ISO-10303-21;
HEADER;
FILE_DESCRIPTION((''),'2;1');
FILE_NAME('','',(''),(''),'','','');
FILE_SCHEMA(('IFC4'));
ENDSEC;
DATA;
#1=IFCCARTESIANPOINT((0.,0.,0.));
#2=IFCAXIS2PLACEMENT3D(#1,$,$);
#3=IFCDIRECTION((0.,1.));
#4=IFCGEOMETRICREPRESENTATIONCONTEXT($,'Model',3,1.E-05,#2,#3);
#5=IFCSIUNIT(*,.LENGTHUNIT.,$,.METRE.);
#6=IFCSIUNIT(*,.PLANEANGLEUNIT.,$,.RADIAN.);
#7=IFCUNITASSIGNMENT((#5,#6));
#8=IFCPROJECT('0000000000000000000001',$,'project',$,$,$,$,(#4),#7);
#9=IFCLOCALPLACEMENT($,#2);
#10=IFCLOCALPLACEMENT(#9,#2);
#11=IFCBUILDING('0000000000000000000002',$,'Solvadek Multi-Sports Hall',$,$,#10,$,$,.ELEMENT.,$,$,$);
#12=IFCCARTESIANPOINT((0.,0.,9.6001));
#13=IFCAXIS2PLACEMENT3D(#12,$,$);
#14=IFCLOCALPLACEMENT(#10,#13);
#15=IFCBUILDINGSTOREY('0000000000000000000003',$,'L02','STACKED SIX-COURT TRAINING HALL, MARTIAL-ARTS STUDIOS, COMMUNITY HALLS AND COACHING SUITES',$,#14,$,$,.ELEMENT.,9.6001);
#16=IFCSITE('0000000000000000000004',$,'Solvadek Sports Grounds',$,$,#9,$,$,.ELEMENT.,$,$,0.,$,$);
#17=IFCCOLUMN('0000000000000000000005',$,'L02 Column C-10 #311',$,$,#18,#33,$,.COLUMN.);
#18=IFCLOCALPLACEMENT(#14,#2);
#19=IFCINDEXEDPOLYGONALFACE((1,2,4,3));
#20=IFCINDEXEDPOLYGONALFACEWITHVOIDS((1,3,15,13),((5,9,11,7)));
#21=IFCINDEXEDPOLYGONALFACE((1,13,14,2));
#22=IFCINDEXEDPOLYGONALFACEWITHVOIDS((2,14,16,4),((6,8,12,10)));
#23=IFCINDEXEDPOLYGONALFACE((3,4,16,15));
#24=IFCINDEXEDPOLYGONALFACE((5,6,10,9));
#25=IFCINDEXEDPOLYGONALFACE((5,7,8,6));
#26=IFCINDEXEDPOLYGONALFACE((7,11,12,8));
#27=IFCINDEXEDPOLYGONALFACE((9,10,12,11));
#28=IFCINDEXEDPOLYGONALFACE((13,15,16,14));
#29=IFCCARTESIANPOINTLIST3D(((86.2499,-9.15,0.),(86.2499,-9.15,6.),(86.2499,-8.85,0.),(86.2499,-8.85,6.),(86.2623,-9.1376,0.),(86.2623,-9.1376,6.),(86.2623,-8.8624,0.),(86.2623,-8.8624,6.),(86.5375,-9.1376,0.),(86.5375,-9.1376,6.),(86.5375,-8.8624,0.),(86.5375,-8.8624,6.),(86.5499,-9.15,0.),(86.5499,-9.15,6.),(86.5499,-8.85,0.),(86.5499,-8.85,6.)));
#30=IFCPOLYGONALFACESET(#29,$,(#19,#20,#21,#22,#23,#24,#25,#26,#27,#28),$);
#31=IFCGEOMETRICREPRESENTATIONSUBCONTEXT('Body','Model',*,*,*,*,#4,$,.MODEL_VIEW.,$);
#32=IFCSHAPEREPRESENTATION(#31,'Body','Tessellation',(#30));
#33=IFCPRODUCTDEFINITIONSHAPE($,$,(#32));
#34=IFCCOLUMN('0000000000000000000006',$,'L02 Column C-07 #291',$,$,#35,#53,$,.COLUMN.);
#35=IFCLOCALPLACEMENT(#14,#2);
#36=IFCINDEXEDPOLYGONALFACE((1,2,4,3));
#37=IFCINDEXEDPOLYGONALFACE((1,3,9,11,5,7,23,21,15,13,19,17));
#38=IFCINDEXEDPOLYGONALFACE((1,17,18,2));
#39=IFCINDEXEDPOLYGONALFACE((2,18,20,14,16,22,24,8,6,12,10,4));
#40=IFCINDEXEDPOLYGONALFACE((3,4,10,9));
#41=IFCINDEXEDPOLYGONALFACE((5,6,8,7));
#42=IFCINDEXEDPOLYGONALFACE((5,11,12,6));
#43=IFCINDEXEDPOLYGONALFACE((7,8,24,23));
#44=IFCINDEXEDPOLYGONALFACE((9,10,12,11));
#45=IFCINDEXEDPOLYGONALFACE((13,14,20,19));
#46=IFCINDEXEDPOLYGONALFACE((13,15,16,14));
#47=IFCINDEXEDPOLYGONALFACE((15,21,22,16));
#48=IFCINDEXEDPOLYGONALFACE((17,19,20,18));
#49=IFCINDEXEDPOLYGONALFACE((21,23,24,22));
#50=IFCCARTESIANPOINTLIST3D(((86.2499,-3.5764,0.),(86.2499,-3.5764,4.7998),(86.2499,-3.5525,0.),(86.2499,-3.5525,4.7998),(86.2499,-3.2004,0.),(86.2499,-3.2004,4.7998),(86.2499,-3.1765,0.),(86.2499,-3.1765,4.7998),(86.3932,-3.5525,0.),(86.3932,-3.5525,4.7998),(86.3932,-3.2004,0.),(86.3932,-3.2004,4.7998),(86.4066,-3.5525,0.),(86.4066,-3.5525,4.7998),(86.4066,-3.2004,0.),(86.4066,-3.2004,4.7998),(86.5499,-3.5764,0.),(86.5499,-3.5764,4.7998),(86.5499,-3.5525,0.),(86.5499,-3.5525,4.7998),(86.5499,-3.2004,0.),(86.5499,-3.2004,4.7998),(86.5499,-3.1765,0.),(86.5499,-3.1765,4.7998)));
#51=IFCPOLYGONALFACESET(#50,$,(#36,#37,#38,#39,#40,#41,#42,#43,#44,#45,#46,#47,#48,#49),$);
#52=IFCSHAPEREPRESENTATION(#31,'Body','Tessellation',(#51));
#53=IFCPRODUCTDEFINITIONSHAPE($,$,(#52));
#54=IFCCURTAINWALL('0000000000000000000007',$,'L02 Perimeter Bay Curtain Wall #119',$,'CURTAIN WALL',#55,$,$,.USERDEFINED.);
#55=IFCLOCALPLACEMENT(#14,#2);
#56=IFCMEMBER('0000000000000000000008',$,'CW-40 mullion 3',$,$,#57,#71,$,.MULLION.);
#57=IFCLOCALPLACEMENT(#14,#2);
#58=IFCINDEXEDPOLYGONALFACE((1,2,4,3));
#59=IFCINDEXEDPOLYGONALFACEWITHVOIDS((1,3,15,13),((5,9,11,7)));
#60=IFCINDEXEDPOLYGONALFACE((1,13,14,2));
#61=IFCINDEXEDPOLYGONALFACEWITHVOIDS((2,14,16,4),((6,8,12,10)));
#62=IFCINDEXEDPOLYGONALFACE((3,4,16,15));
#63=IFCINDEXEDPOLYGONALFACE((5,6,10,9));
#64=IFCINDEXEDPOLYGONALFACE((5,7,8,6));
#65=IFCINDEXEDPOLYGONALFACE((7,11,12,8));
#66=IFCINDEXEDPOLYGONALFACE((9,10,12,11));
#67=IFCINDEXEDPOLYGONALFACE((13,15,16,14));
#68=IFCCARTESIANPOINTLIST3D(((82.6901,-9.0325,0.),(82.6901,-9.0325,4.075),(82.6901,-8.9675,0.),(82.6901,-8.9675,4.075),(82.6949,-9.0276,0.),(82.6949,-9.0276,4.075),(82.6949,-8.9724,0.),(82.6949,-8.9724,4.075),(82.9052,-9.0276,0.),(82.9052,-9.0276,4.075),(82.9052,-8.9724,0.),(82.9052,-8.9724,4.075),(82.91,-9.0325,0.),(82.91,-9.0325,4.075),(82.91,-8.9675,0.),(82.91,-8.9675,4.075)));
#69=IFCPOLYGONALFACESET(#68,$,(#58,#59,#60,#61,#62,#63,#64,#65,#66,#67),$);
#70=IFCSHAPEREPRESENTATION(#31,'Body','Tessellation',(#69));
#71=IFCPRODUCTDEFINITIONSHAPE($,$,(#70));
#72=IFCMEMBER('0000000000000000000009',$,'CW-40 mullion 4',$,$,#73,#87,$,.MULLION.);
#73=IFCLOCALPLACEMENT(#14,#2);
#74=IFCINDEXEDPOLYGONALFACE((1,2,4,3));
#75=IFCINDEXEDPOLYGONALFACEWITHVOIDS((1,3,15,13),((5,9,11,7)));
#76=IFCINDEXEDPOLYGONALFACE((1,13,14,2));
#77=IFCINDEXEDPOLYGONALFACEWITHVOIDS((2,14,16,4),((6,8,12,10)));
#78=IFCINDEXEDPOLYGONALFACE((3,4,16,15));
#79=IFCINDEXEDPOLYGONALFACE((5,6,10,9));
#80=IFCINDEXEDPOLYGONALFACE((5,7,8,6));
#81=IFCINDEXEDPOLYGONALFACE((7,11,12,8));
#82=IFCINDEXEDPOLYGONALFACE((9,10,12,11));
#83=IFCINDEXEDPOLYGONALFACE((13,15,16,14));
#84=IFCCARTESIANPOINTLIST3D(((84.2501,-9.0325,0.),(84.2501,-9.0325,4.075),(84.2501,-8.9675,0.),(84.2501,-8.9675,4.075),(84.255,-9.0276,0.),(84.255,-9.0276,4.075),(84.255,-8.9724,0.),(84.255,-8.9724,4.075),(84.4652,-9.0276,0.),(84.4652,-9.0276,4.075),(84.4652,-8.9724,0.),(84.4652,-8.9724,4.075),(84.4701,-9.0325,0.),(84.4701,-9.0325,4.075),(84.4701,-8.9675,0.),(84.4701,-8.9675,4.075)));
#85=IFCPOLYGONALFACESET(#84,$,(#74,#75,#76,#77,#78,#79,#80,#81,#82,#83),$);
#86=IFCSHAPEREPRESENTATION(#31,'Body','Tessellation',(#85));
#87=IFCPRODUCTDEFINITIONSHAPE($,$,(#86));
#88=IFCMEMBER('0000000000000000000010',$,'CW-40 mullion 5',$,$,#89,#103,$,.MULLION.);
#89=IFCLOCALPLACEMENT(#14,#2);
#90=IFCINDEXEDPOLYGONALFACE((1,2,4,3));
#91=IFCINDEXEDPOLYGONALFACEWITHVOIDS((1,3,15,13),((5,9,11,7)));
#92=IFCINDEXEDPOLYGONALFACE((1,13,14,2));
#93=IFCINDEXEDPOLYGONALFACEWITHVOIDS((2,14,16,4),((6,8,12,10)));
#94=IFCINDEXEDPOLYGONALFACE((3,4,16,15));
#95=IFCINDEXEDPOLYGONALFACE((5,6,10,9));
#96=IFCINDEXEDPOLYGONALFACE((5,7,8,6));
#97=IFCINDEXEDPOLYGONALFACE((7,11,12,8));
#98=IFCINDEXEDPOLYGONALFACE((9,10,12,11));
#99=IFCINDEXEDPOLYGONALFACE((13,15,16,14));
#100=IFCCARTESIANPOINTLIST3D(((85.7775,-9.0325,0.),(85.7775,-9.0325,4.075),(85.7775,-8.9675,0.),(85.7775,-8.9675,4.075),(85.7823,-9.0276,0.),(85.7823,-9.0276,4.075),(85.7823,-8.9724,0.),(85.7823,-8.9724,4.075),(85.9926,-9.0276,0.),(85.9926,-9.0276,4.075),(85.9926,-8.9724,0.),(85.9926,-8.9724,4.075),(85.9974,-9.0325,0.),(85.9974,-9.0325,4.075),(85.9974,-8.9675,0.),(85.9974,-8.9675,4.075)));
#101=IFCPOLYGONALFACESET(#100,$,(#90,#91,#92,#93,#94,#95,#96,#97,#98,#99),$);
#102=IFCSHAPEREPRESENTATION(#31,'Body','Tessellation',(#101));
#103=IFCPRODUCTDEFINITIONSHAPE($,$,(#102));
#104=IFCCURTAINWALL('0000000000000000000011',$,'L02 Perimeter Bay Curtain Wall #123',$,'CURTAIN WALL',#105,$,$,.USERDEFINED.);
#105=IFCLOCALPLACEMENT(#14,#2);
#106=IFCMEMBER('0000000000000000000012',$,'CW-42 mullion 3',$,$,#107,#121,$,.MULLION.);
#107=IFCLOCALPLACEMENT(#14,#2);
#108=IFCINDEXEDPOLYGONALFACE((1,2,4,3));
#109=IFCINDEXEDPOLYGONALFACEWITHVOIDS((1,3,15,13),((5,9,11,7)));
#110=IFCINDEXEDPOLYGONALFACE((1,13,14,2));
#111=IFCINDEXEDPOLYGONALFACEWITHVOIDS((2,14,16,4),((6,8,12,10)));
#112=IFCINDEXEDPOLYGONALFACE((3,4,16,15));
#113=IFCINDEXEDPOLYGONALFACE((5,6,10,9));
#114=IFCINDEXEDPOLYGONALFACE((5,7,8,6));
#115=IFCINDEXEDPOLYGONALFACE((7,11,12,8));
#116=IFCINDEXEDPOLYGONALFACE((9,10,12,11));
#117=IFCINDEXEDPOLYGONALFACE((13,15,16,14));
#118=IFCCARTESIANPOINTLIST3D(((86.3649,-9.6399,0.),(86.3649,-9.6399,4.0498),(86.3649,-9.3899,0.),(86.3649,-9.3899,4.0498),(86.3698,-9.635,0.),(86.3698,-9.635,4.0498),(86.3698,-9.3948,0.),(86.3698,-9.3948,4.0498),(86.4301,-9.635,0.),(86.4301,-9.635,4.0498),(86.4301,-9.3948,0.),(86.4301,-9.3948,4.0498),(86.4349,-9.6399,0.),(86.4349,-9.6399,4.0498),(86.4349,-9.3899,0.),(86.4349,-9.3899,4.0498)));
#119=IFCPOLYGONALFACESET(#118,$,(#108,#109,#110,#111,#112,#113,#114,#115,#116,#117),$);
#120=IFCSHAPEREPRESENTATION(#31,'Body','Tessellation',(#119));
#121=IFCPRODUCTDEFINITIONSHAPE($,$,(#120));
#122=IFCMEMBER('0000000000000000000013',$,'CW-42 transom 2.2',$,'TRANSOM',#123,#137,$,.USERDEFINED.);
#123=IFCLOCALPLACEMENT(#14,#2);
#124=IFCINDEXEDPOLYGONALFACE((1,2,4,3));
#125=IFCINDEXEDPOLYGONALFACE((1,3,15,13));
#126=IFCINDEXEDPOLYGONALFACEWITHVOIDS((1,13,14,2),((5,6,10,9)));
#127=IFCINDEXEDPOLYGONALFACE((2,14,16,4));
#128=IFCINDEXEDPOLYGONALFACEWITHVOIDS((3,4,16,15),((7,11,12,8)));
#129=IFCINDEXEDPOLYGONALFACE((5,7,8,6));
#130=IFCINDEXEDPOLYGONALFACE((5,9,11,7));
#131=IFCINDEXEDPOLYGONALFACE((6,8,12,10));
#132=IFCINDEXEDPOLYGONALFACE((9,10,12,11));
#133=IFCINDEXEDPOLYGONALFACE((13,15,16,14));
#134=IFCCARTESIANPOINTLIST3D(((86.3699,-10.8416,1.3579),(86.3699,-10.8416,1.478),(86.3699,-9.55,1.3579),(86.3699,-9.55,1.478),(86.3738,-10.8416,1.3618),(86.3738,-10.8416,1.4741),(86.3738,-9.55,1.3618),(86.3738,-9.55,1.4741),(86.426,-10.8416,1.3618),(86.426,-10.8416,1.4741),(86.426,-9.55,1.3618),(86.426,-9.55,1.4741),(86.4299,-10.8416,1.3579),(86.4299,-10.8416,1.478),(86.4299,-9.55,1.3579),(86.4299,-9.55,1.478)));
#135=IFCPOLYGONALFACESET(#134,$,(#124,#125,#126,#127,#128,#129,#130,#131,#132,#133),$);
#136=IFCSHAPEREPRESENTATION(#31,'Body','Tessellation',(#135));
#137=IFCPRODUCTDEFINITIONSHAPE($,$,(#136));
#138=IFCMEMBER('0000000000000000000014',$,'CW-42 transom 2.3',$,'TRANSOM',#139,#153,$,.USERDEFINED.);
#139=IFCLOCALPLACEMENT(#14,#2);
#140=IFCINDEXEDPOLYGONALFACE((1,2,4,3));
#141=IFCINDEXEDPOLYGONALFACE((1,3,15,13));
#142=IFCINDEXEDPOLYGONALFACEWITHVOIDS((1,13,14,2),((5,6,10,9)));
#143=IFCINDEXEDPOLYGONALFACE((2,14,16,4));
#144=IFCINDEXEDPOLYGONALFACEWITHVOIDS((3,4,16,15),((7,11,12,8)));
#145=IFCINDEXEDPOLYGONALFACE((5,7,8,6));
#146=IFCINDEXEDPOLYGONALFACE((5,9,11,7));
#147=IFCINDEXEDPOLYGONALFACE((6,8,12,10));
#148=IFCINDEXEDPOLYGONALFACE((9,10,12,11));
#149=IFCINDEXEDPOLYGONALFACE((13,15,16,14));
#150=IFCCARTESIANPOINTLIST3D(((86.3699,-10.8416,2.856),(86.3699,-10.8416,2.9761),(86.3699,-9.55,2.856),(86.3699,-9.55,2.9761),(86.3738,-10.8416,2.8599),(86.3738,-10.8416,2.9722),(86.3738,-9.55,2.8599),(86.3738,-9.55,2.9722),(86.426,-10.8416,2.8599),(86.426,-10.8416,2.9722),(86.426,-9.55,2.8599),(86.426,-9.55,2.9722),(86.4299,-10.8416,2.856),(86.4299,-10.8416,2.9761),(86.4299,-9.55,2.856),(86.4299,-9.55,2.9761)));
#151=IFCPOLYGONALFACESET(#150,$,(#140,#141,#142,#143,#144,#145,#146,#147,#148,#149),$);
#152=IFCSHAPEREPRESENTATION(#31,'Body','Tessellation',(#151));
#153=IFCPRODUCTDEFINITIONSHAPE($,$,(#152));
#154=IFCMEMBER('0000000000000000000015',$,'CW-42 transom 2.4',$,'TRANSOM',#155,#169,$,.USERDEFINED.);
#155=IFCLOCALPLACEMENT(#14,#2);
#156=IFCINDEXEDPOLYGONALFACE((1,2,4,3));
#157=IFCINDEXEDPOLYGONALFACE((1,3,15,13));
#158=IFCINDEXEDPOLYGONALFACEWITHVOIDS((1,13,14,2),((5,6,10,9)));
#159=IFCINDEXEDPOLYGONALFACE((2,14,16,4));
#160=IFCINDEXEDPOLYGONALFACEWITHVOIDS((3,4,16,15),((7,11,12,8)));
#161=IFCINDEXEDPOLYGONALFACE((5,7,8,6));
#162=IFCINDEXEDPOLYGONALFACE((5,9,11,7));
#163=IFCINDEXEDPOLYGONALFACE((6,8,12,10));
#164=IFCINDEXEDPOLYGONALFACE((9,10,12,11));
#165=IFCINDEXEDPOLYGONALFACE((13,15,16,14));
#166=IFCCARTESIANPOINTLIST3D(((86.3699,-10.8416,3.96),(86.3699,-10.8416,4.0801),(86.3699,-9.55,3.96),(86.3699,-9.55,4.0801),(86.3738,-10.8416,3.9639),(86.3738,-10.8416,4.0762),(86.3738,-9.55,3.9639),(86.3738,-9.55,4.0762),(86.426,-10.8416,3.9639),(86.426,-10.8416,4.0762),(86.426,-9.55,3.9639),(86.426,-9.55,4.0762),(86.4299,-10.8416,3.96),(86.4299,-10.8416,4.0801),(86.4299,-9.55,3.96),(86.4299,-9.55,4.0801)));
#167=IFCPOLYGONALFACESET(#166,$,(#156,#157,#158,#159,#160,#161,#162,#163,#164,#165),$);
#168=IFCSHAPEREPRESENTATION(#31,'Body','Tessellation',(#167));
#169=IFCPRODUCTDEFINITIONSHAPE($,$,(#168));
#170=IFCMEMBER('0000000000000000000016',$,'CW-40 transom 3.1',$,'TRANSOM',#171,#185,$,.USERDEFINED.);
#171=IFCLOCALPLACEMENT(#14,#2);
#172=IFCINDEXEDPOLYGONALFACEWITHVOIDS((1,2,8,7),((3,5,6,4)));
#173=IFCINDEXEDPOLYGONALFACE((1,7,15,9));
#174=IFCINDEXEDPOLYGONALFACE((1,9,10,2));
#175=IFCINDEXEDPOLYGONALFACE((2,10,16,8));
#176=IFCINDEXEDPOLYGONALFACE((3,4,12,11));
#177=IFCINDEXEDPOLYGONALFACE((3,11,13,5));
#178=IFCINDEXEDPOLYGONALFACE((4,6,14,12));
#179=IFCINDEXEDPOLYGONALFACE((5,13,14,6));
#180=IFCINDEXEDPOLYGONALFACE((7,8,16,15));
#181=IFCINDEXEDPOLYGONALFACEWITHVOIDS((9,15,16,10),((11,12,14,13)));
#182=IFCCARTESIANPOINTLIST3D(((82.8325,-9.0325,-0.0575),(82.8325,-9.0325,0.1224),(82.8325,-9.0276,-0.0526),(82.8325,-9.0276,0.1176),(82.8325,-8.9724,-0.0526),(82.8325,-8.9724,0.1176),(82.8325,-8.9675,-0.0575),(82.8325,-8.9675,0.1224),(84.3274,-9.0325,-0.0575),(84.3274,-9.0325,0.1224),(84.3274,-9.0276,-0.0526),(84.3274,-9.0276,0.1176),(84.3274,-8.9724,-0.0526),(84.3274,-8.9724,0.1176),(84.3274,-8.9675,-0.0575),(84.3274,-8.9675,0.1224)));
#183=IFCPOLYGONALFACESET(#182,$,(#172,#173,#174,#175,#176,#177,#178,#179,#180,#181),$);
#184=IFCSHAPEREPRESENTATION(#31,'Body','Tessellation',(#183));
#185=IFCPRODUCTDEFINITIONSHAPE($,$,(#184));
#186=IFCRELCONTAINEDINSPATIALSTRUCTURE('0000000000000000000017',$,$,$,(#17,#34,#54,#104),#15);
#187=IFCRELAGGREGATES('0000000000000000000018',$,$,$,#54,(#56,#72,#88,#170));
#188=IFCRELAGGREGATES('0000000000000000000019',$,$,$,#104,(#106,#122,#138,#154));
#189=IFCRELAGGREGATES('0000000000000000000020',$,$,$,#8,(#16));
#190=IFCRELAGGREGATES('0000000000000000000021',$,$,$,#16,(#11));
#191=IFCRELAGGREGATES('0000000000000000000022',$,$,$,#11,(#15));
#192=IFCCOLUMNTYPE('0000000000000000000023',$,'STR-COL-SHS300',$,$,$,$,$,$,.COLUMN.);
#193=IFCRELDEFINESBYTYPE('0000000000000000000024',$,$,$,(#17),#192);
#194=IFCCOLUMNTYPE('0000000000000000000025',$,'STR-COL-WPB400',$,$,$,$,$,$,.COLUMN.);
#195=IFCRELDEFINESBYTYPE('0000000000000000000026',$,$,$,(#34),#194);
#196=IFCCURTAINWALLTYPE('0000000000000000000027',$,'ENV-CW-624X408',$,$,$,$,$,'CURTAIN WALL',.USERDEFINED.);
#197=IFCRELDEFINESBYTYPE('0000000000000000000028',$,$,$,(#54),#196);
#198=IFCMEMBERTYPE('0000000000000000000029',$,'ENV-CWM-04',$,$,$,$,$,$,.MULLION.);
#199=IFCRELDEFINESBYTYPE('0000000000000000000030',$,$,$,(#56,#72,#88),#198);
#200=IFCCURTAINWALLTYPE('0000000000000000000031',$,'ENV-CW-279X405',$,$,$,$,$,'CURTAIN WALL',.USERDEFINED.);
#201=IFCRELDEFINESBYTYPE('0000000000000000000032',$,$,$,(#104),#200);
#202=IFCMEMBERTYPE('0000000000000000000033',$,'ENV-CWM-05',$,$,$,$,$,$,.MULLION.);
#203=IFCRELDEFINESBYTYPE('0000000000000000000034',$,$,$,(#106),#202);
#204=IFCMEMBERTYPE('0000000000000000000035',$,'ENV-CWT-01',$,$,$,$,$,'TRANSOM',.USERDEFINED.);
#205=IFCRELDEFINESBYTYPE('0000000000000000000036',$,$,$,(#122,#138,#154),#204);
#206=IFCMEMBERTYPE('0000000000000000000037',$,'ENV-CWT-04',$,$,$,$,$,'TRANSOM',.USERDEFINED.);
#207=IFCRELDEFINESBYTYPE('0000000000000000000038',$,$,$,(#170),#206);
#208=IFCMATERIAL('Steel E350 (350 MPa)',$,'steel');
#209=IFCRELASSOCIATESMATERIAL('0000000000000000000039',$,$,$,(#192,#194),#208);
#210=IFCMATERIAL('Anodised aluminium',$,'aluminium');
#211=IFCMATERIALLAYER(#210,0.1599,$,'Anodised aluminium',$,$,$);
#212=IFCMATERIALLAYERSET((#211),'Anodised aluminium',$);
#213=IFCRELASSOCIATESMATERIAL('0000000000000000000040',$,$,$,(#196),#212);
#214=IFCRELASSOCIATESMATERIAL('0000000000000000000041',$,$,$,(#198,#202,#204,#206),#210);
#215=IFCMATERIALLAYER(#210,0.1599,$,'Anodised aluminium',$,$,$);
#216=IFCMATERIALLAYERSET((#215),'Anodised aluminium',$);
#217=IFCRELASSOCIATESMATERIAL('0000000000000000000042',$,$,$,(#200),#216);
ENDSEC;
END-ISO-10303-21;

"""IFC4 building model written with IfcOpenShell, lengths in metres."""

from ifc_helpers import new_model, si_unit, direction, frame, origin, origin_2d, place, context, subcontext, project, spatial, hollow_rectangle, i_section, extrude, material, layer, layer_set, material_profile, profile_set, type_object, element, aggregate, save


model = new_model("IFC4")

# Units and contexts
model_context = context("Model", 3, precision=1e-05, world=origin(), true_north=direction((0.0, 1.0)))
body_context = subcontext(model_context, "Body", "Model", "MODEL_VIEW")
ifc_project = project(units=[si_unit("LENGTHUNIT", "METRE"), si_unit("PLANEANGLEUNIT", "RADIAN")], contexts=[model_context])

# Site, building, storey
site_placement = place(None, origin())
site = spatial("IfcSite", under=ifc_project, at=site_placement, Name="Solvadek Sports Grounds", CompositionType="ELEMENT", RefElevation=0.0)
building_placement = place(site_placement, origin())
building = spatial("IfcBuilding", under=site, at=building_placement, Name="Solvadek Multi-Sports Hall", CompositionType="ELEMENT")
storey_placement = place(building_placement, frame((0.0, 0.0, 9.6001)))
storey = spatial("IfcBuildingStorey", under=building, at=storey_placement, Name="L02", Description="STACKED SIX-COURT TRAINING HALL, MARTIAL-ARTS STUDIOS, COMMUNITY HALLS AND COACHING SUITES", CompositionType="ELEMENT", Elevation=9.6001)

# Columns
ifc_material_1 = material(Name="Steel E350 (350 MPa)", Category="steel")
ifc_material_profile_1 = material_profile(ifc_material_1, hollow_rectangle(XDim=0.3, YDim=0.3, WallThickness=0.0125, at=origin_2d()), Name="SHS 300x300x12.5")
ifc_profile_set_1 = profile_set([ifc_material_profile_1], Name="Steel E350 (350 MPa)")
column_type_1 = type_object("IfcColumnType", Name="STR-COL-SHS300", PredefinedType="COLUMN", material=ifc_profile_set_1)
column_1_placement = place(storey_placement, frame((86.3999, -9.0, 0.0), z_axis=(0.0, 0.0, 1.0), x_axis=(1.0, 0.0, 0.0)))
element("IfcColumn", 1, at=column_1_placement, inside=storey, type_object=column_type_1, Name="L02 Column C-10 #311", PredefinedType="COLUMN", context=body_context, shape_type="SweptSolid", body=[
    extrude(hollow_rectangle(XDim=0.3, YDim=0.3, WallThickness=0.0125, at=origin_2d()), origin(), (0.0, 0.0, 1.0), 6.0),
])
ifc_material_profile_2 = material_profile(ifc_material_1, i_section(OverallWidth=0.3, OverallDepth=0.3999, WebThickness=0.0134, FlangeThickness=0.0239, at=origin_2d()), Name="WPB 400")
ifc_profile_set_2 = profile_set([ifc_material_profile_2], Name="Steel E350 (350 MPa)")
column_type_2 = type_object("IfcColumnType", Name="STR-COL-WPB400", PredefinedType="COLUMN", material=ifc_profile_set_2)
column_2_placement = place(storey_placement, frame((86.3999, -3.3765, 0.0), z_axis=(0.0, 0.0, 1.0), x_axis=(1.0, 0.0, 0.0)))
element("IfcColumn", 2, at=column_2_placement, inside=storey, type_object=column_type_2, Name="L02 Column C-07 #291", PredefinedType="COLUMN", context=body_context, shape_type="SweptSolid", body=[
    extrude(i_section(OverallWidth=0.3, OverallDepth=0.3999, WebThickness=0.0134, FlangeThickness=0.0239, at=origin_2d()), origin(), (0.0, 0.0, 1.0), 4.7998),
])

# Curtain walls, members
ifc_material_2 = material(Name="Anodised aluminium", Category="aluminium")
ifc_layer_1 = layer(ifc_material_2, 0.1599, Name="Anodised aluminium")
ifc_layer_set_1 = layer_set([ifc_layer_1], Name="Anodised aluminium")
curtain_wall_type_1 = type_object("IfcCurtainWallType", Name="ENV-CW-624X408", ElementType="CURTAIN WALL", PredefinedType="USERDEFINED", material=ifc_layer_set_1)
curtain_wall_1_placement = place(storey_placement, origin())
curtain_wall_1 = element("IfcCurtainWall", 3, at=curtain_wall_1_placement, inside=storey, type_object=curtain_wall_type_1, Name="L02 Perimeter Bay Curtain Wall #119", ObjectType="CURTAIN WALL", PredefinedType="USERDEFINED")
ifc_material_profile_3 = material_profile(ifc_material_2, hollow_rectangle(XDim=0.0649, YDim=0.22, WallThickness=0.0049, at=origin_2d()), Name="ALU-M 220x65x5")
ifc_profile_set_3 = profile_set([ifc_material_profile_3], Name="Anodised aluminium")
member_type_1 = type_object("IfcMemberType", Name="ENV-CWM-04", PredefinedType="MULLION", material=ifc_profile_set_3)
member_1_placement = place(storey_placement, frame((82.8, -9.0, 0.0), z_axis=(0.0, 0.0, 1.0), x_axis=(0.0, 1.0, 0.0)))
member_1 = element("IfcMember", 4, at=member_1_placement, type_object=member_type_1, Name="CW-40 mullion 3", PredefinedType="MULLION", context=body_context, shape_type="SweptSolid", body=[
    extrude(hollow_rectangle(XDim=0.0649, YDim=0.22, WallThickness=0.0049, at=origin_2d()), origin(), (0.0, 0.0, 1.0), 4.075),
])
member_2_placement = place(storey_placement, frame((84.3601, -9.0, 0.0), z_axis=(0.0, 0.0, 1.0), x_axis=(0.0, 1.0, 0.0)))
member_2 = element("IfcMember", 5, at=member_2_placement, type_object=member_type_1, Name="CW-40 mullion 4", PredefinedType="MULLION", context=body_context, shape_type="SweptSolid", body=[
    extrude(hollow_rectangle(XDim=0.0649, YDim=0.22, WallThickness=0.0049, at=origin_2d()), origin(), (0.0, 0.0, 1.0), 4.075),
])
member_3_placement = place(storey_placement, frame((85.8875, -9.0, 0.0), z_axis=(0.0, 0.0, 1.0), x_axis=(0.0, 1.0, 0.0)))
member_3 = element("IfcMember", 6, at=member_3_placement, type_object=member_type_1, Name="CW-40 mullion 5", PredefinedType="MULLION", context=body_context, shape_type="SweptSolid", body=[
    extrude(hollow_rectangle(XDim=0.0649, YDim=0.22, WallThickness=0.0049, at=origin_2d()), origin(), (0.0, 0.0, 1.0), 4.075),
])
ifc_layer_2 = layer(ifc_material_2, 0.1599, Name="Anodised aluminium")
ifc_layer_set_2 = layer_set([ifc_layer_2], Name="Anodised aluminium")
curtain_wall_type_2 = type_object("IfcCurtainWallType", Name="ENV-CW-279X405", ElementType="CURTAIN WALL", PredefinedType="USERDEFINED", material=ifc_layer_set_2)
curtain_wall_2_placement = place(storey_placement, origin())
curtain_wall_2 = element("IfcCurtainWall", 7, at=curtain_wall_2_placement, inside=storey, type_object=curtain_wall_type_2, Name="L02 Perimeter Bay Curtain Wall #123", ObjectType="CURTAIN WALL", PredefinedType="USERDEFINED")
ifc_material_profile_4 = material_profile(ifc_material_2, hollow_rectangle(XDim=0.0701, YDim=0.25, WallThickness=0.0049, at=origin_2d()), Name="ALU-M 250x70x5")
ifc_profile_set_4 = profile_set([ifc_material_profile_4], Name="Anodised aluminium")
member_type_2 = type_object("IfcMemberType", Name="ENV-CWM-05", PredefinedType="MULLION", material=ifc_profile_set_4)
member_4_placement = place(storey_placement, frame((86.3999, -9.5149, 0.0), z_axis=(0.0, 0.0, 1.0), x_axis=(-1.0, 0.0, 0.0)))
member_4 = element("IfcMember", 8, at=member_4_placement, type_object=member_type_2, Name="CW-42 mullion 3", PredefinedType="MULLION", context=body_context, shape_type="SweptSolid", body=[
    extrude(hollow_rectangle(XDim=0.0701, YDim=0.25, WallThickness=0.0049, at=origin_2d()), origin(), (0.0, 0.0, 1.0), 4.0498),
])
ifc_material_profile_5 = material_profile(ifc_material_2, hollow_rectangle(XDim=0.0601, YDim=0.1201, WallThickness=0.0039, at=origin_2d()), Name="ALU-T 120x60x4")
ifc_profile_set_5 = profile_set([ifc_material_profile_5], Name="Anodised aluminium")
member_type_3 = type_object("IfcMemberType", Name="ENV-CWT-01", ElementType="TRANSOM", PredefinedType="USERDEFINED", material=ifc_profile_set_5)
member_5_placement = place(storey_placement, frame((86.3999, -10.8416, 1.418), z_axis=(0.0, 1.0, 0.0), x_axis=(-1.0, 0.0, 0.0)))
member_5 = element("IfcMember", 9, at=member_5_placement, type_object=member_type_3, Name="CW-42 transom 2.2", ObjectType="TRANSOM", PredefinedType="USERDEFINED", context=body_context, shape_type="SweptSolid", body=[
    extrude(hollow_rectangle(XDim=0.0601, YDim=0.1201, WallThickness=0.0039, at=origin_2d()), origin(), (0.0, 0.0, 1.0), 1.2915),
])
member_6_placement = place(storey_placement, frame((86.3999, -10.8416, 2.916), z_axis=(0.0, 1.0, 0.0), x_axis=(-1.0, 0.0, 0.0)))
member_6 = element("IfcMember", 10, at=member_6_placement, type_object=member_type_3, Name="CW-42 transom 2.3", ObjectType="TRANSOM", PredefinedType="USERDEFINED", context=body_context, shape_type="SweptSolid", body=[
    extrude(hollow_rectangle(XDim=0.0601, YDim=0.1201, WallThickness=0.0039, at=origin_2d()), origin(), (0.0, 0.0, 1.0), 1.2915),
])
member_7_placement = place(storey_placement, frame((86.3999, -10.8416, 4.02), z_axis=(0.0, 1.0, 0.0), x_axis=(-1.0, 0.0, 0.0)))
member_7 = element("IfcMember", 11, at=member_7_placement, type_object=member_type_3, Name="CW-42 transom 2.4", ObjectType="TRANSOM", PredefinedType="USERDEFINED", context=body_context, shape_type="SweptSolid", body=[
    extrude(hollow_rectangle(XDim=0.0601, YDim=0.1201, WallThickness=0.0039, at=origin_2d()), origin(), (0.0, 0.0, 1.0), 1.2915),
])

# Member
ifc_material_profile_6 = material_profile(ifc_material_2, hollow_rectangle(XDim=0.0649, YDim=0.1799, WallThickness=0.0049, at=origin_2d()), Name="ALU-T 180x65x5")
ifc_profile_set_6 = profile_set([ifc_material_profile_6], Name="Anodised aluminium")
member_type_4 = type_object("IfcMemberType", Name="ENV-CWT-04", ElementType="TRANSOM", PredefinedType="USERDEFINED", material=ifc_profile_set_6)
member_8_placement = place(storey_placement, frame((82.8325, -9.0, 0.0325), z_axis=(1.0, 0.0, 0.0), x_axis=(0.0, 1.0, 0.0)))
member_8 = element("IfcMember", 12, at=member_8_placement, type_object=member_type_4, Name="CW-40 transom 3.1", ObjectType="TRANSOM", PredefinedType="USERDEFINED", context=body_context, shape_type="SweptSolid", body=[
    extrude(hollow_rectangle(XDim=0.0649, YDim=0.1799, WallThickness=0.0049, at=origin_2d()), origin(), (0.0, 0.0, 1.0), 1.4949),
])

aggregate(curtain_wall_1, [member_1, member_2, member_3, member_8])
aggregate(curtain_wall_2, [member_4, member_5, member_6, member_7])

save(model, "model.ifc")
